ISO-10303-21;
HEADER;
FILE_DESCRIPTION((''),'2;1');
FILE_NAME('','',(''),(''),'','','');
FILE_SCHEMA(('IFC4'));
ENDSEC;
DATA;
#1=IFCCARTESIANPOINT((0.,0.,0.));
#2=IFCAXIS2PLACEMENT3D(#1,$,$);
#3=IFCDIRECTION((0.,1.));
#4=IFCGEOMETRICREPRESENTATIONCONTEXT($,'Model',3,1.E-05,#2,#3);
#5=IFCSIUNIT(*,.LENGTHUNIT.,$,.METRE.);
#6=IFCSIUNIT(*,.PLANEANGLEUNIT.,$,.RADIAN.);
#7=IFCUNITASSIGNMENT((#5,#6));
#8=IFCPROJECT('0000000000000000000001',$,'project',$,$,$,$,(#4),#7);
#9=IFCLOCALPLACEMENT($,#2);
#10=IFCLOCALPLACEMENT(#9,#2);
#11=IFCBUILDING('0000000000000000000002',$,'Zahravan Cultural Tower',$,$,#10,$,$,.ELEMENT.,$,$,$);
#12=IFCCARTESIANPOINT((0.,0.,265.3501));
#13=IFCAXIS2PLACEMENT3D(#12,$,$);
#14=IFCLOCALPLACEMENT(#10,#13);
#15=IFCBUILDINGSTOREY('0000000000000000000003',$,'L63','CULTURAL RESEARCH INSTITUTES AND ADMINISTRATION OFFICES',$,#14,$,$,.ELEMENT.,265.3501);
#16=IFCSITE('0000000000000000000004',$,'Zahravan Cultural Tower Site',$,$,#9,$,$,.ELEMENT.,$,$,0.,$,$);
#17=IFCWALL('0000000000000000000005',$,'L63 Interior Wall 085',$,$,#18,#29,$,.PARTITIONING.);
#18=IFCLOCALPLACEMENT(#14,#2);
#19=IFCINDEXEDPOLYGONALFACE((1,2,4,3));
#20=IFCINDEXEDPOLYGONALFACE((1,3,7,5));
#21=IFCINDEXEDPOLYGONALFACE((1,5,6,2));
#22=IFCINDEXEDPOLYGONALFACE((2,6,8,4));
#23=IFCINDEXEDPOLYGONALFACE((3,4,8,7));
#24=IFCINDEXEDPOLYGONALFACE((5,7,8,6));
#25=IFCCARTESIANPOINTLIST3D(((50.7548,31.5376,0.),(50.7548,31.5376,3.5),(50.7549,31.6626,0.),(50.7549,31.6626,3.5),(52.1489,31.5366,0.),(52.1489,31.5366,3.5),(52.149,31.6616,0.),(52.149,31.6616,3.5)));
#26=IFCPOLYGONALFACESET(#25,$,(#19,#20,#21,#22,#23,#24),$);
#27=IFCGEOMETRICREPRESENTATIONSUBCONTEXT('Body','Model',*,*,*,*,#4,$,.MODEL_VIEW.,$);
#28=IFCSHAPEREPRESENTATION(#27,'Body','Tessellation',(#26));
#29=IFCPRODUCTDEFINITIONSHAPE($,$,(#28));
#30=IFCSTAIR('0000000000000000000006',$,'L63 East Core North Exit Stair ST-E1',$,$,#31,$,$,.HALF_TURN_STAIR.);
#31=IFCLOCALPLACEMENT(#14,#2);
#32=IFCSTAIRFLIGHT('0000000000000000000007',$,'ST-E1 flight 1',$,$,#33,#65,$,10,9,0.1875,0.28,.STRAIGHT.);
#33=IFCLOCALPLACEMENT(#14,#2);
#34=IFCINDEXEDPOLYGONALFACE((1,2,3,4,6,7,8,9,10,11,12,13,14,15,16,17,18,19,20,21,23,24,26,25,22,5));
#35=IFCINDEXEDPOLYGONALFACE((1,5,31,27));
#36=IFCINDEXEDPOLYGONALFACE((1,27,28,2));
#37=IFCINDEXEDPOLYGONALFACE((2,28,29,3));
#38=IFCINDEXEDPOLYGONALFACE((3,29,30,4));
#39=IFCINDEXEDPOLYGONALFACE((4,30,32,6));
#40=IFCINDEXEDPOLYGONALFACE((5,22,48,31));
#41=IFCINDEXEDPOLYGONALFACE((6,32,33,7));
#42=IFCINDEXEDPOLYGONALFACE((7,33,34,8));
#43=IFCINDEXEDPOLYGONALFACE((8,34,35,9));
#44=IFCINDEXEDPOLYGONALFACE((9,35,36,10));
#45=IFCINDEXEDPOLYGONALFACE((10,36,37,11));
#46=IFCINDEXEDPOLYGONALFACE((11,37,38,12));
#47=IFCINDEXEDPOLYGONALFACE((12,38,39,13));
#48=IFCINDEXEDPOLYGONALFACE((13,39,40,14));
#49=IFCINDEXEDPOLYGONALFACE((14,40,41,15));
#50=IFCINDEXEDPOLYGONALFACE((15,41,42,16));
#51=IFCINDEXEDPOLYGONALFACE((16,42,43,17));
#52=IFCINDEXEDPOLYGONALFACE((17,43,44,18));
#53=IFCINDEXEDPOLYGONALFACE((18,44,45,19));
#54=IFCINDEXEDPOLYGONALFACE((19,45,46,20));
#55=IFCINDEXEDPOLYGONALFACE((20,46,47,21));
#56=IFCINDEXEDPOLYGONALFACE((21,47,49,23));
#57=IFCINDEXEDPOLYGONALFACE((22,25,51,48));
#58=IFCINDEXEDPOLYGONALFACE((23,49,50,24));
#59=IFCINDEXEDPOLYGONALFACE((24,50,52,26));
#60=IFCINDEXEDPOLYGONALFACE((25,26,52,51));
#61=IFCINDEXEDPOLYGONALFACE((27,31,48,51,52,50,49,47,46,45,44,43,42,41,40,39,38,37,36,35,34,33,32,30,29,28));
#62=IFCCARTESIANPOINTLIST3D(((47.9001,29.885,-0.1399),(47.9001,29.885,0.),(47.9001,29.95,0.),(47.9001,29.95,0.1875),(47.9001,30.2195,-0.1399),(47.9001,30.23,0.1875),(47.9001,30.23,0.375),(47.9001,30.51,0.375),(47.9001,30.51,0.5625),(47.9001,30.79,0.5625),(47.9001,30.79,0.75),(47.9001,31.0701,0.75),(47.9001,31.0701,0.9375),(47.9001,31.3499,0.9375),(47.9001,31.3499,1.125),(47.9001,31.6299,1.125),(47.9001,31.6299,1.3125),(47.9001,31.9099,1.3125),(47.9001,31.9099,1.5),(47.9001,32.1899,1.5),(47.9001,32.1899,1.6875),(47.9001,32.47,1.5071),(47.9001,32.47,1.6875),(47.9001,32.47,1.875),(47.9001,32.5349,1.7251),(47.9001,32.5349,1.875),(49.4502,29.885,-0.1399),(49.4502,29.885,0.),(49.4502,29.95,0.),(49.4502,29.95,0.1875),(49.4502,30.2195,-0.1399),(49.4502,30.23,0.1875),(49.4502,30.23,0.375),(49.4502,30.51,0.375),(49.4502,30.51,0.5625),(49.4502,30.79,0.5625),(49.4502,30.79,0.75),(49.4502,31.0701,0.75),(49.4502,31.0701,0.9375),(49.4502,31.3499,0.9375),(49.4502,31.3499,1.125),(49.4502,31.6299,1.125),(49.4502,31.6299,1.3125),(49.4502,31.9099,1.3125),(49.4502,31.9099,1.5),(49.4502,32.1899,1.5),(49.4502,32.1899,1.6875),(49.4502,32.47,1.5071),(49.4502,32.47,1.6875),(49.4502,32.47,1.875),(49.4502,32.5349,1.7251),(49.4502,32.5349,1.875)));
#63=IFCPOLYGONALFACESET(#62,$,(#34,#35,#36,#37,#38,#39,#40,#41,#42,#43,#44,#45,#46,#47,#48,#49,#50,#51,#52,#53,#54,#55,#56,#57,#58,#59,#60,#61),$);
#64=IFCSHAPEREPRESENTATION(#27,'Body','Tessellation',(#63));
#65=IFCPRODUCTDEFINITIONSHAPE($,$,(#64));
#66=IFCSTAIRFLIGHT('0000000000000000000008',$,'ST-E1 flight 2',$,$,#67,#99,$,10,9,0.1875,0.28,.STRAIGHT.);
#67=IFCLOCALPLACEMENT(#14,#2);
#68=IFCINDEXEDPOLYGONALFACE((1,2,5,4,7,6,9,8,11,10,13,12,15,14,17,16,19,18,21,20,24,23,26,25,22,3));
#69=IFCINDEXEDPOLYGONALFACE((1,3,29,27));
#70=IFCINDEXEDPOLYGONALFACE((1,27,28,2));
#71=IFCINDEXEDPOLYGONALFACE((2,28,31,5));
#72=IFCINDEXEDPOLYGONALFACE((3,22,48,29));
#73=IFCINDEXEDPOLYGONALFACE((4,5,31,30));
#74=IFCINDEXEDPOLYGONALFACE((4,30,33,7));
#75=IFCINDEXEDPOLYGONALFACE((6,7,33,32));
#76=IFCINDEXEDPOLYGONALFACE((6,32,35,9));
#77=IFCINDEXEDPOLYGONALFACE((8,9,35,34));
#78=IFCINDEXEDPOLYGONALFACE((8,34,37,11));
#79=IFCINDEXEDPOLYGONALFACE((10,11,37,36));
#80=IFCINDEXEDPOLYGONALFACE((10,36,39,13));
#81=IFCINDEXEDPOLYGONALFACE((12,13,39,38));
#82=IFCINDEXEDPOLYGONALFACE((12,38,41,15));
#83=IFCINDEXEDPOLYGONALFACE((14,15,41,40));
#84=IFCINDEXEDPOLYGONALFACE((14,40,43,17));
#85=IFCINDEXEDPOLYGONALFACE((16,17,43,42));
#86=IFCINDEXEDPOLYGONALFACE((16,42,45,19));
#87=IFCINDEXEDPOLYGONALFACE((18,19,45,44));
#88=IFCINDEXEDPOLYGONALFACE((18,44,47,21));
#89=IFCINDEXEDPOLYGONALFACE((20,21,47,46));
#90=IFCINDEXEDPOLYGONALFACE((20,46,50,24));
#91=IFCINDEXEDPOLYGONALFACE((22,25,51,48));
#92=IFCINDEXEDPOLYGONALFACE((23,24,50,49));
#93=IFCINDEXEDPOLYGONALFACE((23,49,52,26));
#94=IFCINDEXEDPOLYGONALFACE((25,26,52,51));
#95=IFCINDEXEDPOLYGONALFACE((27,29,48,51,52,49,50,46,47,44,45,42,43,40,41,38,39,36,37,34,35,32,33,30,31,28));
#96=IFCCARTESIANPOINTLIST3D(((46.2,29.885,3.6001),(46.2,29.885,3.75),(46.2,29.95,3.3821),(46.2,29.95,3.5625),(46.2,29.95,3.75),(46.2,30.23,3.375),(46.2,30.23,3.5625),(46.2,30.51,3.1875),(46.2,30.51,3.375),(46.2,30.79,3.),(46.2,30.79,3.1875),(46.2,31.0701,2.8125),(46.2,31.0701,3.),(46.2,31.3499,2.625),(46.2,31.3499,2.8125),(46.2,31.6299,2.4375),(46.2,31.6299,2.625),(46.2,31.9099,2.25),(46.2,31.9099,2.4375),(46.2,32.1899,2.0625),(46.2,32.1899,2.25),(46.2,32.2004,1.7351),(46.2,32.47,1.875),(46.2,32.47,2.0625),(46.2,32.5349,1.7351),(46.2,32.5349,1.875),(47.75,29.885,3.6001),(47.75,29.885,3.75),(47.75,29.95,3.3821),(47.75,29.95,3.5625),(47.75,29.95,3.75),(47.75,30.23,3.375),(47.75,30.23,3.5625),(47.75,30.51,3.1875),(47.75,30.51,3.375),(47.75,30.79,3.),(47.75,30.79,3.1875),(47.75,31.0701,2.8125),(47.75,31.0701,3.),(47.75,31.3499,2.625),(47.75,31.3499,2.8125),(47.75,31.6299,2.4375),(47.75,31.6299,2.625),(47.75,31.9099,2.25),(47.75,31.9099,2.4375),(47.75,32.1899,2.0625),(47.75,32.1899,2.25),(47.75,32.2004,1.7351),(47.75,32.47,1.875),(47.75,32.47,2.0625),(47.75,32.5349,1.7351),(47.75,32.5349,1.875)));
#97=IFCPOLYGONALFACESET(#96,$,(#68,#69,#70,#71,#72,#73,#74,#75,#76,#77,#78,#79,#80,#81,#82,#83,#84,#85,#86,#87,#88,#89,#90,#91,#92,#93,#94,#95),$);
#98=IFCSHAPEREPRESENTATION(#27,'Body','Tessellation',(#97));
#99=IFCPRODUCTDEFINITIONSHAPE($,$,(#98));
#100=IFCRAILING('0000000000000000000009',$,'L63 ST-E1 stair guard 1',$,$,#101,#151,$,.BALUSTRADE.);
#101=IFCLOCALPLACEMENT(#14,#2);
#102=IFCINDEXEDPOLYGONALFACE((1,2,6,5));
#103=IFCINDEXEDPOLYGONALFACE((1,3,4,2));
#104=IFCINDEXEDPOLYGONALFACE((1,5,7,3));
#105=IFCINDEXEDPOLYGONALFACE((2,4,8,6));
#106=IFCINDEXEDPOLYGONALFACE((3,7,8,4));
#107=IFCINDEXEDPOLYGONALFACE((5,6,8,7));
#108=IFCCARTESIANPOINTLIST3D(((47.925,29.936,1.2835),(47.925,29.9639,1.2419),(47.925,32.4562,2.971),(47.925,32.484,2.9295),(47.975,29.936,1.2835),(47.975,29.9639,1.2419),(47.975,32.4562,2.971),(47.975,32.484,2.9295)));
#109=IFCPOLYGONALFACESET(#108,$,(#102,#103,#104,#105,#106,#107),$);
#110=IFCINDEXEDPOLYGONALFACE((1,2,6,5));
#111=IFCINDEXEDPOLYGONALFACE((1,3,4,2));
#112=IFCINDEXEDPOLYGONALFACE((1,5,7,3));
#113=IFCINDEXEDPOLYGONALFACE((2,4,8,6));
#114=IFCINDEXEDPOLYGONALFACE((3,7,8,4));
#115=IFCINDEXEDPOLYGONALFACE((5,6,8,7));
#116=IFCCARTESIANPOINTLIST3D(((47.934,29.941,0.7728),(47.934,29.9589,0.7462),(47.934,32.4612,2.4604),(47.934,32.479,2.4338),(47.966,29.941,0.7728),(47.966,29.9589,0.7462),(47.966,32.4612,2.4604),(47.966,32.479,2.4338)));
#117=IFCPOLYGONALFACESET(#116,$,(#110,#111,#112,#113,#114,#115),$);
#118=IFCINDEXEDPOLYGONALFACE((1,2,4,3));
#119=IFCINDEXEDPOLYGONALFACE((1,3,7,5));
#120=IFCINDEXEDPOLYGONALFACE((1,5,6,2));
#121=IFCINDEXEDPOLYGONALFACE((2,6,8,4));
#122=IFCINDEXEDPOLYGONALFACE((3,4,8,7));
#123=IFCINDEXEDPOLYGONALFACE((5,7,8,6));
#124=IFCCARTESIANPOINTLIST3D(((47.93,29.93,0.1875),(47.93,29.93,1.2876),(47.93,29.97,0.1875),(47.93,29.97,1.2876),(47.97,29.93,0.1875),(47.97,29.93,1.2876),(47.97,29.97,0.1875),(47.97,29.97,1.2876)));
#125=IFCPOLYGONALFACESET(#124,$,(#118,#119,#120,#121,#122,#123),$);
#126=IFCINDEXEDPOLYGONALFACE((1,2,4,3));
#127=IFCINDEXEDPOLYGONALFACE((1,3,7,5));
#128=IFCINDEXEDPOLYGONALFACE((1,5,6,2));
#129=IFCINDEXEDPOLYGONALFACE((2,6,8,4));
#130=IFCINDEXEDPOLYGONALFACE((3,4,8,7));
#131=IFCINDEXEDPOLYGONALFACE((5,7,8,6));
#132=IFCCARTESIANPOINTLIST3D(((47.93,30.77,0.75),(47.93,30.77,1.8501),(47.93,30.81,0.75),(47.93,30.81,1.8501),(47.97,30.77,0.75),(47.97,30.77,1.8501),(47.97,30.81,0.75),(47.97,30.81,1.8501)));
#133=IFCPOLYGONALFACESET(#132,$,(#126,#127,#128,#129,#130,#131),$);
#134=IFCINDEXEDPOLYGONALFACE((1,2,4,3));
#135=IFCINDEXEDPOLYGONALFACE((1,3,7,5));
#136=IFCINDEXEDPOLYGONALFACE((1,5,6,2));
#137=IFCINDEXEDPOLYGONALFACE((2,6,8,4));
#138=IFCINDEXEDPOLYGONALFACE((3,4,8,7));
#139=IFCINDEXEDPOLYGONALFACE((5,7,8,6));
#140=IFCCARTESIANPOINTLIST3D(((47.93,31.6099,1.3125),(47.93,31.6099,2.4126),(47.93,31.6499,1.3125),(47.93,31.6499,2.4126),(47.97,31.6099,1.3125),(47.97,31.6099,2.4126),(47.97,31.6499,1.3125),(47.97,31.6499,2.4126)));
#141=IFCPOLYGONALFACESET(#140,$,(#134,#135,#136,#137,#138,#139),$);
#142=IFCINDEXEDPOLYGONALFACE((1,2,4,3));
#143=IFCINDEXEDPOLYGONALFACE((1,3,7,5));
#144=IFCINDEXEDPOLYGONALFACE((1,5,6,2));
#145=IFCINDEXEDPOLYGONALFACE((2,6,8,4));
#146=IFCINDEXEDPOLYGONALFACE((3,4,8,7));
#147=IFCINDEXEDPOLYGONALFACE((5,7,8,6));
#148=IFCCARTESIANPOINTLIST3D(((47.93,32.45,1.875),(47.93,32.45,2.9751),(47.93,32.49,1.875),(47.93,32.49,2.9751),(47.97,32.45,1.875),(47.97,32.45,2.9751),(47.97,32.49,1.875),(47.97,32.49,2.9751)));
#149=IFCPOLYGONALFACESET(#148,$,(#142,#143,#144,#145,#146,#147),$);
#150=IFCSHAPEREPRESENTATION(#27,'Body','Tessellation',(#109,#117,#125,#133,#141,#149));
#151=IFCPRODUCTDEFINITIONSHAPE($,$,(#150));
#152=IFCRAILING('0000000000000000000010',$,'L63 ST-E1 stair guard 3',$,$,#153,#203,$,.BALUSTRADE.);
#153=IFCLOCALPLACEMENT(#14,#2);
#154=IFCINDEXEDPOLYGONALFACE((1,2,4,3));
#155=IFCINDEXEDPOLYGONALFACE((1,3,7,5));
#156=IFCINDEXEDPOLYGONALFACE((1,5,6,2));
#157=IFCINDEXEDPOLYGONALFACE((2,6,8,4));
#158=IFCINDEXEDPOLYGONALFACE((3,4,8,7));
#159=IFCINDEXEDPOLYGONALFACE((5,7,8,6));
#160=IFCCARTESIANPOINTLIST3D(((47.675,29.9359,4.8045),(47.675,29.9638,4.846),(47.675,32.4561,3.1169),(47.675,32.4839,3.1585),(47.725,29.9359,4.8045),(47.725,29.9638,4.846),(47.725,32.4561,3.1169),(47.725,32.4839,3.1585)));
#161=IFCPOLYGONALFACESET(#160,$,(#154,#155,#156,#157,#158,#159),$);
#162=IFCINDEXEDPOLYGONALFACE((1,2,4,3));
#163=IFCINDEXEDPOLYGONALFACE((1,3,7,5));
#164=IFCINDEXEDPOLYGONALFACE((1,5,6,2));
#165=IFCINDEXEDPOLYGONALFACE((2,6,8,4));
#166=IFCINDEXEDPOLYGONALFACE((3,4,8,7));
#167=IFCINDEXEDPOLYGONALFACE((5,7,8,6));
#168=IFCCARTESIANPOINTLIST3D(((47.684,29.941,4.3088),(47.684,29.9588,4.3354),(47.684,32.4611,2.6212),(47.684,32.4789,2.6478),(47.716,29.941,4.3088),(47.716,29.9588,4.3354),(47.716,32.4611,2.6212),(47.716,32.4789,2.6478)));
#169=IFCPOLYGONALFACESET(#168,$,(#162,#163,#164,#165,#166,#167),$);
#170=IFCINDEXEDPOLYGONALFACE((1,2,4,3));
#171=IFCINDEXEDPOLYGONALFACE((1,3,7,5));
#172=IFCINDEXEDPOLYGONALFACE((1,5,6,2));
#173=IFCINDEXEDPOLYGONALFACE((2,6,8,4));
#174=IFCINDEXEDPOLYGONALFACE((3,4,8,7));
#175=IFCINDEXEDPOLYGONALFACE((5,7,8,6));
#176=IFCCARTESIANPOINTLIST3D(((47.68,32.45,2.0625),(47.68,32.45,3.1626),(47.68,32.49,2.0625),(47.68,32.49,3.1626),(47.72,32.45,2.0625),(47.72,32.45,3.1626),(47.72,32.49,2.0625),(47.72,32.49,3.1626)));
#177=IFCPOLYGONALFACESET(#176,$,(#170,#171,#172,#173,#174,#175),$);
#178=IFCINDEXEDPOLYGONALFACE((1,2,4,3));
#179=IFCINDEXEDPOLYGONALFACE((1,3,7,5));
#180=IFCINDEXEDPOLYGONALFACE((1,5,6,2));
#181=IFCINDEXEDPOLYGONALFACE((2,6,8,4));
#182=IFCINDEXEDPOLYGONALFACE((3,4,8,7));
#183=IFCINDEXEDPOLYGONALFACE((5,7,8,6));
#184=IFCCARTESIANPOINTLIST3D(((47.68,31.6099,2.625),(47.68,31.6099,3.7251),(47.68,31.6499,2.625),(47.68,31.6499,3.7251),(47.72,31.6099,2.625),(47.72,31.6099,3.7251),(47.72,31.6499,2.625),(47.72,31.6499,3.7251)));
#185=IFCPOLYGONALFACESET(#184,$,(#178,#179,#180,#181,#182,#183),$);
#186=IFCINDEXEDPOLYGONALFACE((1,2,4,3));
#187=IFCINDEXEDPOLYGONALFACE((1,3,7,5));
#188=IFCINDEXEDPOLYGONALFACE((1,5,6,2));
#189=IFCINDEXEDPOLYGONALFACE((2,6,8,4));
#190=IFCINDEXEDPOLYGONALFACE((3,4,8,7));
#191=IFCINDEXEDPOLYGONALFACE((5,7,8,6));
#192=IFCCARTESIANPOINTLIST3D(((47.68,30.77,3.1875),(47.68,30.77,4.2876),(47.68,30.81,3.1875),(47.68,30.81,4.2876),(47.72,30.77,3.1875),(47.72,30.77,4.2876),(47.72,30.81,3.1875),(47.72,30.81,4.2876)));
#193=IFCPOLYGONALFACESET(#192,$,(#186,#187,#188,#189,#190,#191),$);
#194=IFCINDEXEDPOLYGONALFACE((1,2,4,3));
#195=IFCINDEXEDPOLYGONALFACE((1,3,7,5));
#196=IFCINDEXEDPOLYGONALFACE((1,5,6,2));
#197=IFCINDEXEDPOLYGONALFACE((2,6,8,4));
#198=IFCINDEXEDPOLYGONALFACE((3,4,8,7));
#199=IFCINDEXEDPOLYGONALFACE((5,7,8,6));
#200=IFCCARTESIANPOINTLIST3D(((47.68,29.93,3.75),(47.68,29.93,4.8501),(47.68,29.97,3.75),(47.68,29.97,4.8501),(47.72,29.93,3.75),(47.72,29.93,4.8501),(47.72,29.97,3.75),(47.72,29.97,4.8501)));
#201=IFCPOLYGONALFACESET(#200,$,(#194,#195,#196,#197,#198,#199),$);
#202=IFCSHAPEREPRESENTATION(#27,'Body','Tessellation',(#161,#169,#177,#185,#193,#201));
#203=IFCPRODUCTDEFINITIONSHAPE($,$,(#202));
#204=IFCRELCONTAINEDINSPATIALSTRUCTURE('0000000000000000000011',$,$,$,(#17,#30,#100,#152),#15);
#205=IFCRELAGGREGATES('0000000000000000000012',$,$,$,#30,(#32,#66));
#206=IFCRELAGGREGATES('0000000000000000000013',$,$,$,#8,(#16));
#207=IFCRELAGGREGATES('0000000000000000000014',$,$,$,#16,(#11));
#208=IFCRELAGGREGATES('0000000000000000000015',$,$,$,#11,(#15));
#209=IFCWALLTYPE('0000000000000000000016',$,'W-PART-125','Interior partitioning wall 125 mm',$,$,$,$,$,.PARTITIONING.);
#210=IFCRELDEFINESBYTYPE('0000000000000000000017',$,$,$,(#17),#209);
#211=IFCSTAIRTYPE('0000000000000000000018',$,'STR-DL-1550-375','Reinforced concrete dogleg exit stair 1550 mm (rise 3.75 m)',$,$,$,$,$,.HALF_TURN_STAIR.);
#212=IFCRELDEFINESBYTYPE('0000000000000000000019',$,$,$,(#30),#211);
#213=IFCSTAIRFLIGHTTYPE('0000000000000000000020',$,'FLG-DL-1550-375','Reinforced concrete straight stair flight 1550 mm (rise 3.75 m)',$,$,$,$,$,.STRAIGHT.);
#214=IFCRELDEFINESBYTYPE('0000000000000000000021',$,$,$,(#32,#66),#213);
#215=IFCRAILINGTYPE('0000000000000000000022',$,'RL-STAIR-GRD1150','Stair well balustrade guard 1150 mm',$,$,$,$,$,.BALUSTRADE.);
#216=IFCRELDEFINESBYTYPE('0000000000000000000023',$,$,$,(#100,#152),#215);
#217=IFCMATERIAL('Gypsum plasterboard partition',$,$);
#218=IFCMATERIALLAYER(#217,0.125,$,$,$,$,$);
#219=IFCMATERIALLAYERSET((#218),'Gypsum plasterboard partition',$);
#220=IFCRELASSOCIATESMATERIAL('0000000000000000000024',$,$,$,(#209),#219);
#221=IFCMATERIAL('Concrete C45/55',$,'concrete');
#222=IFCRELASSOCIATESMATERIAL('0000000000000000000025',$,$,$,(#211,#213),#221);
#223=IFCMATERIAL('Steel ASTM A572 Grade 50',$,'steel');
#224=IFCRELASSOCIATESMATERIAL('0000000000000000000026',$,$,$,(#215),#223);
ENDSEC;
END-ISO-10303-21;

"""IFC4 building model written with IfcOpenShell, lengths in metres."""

from ifc_helpers import new_model, si_unit, direction, frame, frame_2d, origin, origin_2d, place, context, subcontext, project, spatial, polyline, rectangle, outline, extrude, source, transform, mapped, material, layer, layer_set, type_object, element, aggregate, save


model = new_model("IFC4")

# Units and contexts
model_context = context("Model", 3, precision=1e-05, world=origin(), true_north=direction((0.0, 1.0)))
body_context = subcontext(model_context, "Body", "Model", "MODEL_VIEW")
ifc_project = project(units=[si_unit("LENGTHUNIT", "METRE"), si_unit("PLANEANGLEUNIT", "RADIAN")], contexts=[model_context])

# Site, building, storey
site_placement = place(None, origin())
site = spatial("IfcSite", under=ifc_project, at=site_placement, Name="Zahravan Cultural Tower Site", CompositionType="ELEMENT", RefElevation=0.0)
building_placement = place(site_placement, origin())
building = spatial("IfcBuilding", under=site, at=building_placement, Name="Zahravan Cultural Tower", CompositionType="ELEMENT")
storey_placement = place(building_placement, frame((0.0, 0.0, 265.3501)))
storey = spatial("IfcBuildingStorey", under=building, at=storey_placement, Name="L63", Description="CULTURAL RESEARCH INSTITUTES AND ADMINISTRATION OFFICES", CompositionType="ELEMENT", Elevation=265.3501)

# Wall
ifc_material_1 = material(Name="Concrete C45/55", Category="concrete")
ifc_material_2 = material(Name="Gypsum plasterboard partition")
ifc_layer_1 = layer(ifc_material_2, 0.125)
ifc_layer_set_1 = layer_set([ifc_layer_1], Name="Gypsum plasterboard partition")
wall_type_1 = type_object("IfcWallType", Name="W-PART-125", Description="Interior partitioning wall 125 mm", PredefinedType="PARTITIONING", material=ifc_layer_set_1)
shared_shape_1 = source(origin(), body_context, "Body", "SweptSolid", [
    extrude(rectangle(XDim=1.394, YDim=0.125, at=frame_2d((0.697, 0.0))), origin(), (0.0, 0.0, 1.0), 3.5),
])
wall_1_placement = place(storey_placement, frame((52.1489, 31.5991, 0.0), z_axis=(0.0, 0.0, 1.0), x_axis=(-1.0, 0.000701, 0.0)))
element("IfcWall", 1, at=wall_1_placement, inside=storey, type_object=wall_type_1, Name="L63 Interior Wall 085", PredefinedType="PARTITIONING", context=body_context, shape_type="MappedRepresentation", body=[
    mapped(shared_shape_1, transform((0.0, 0.0, 0.0), x_axis=(1.0, 0.0, 0.0), y_axis=(0.0, 1.0, 0.0), z_axis=(0.0, 0.0, 1.0), scale=1.0)),
])

# Stair, stair flights
stair_type = type_object("IfcStairType", Name="STR-DL-1550-375", Description="Reinforced concrete dogleg exit stair 1550 mm (rise 3.75 m)", PredefinedType="HALF_TURN_STAIR", material=ifc_material_1)
stair_placement = place(storey_placement, origin())
stair = element("IfcStair", 2, at=stair_placement, inside=storey, type_object=stair_type, Name="L63 East Core North Exit Stair ST-E1", PredefinedType="HALF_TURN_STAIR")
stair_flight_type = type_object("IfcStairFlightType", Name="FLG-DL-1550-375", Description="Reinforced concrete straight stair flight 1550 mm (rise 3.75 m)", PredefinedType="STRAIGHT", material=ifc_material_1)
stair_flight_1_placement = place(storey_placement, frame((48.675, 29.95, 0.0), z_axis=(0.0, 0.0, 1.0), x_axis=(0.0, 1.0, 0.0)))
stair_flight_1 = element("IfcStairFlight", 3, at=stair_flight_1_placement, type_object=stair_flight_type, Name="ST-E1 flight 1", NumberOfRisers=10, NumberOfTreads=9, PredefinedType="STRAIGHT", RiserHeight=0.1875, TreadLength=0.28, context=body_context, shape_type="SweptSolid", body=[
    extrude(outline(polyline([(-0.0649, -0.1399), (-0.0649, 0.0), (0.0, 0.0), (0.0, 0.1875), (0.28, 0.1875), (0.28, 0.375), (0.5601, 0.375), (0.5601, 0.5625), (0.8401, 0.5625), (0.8401, 0.75), (1.1201, 0.75), (1.1201, 0.9375), (1.3999, 0.9375), (1.3999, 1.125), (1.6799, 1.125), (1.6799, 1.3125), (1.96, 1.3125), (1.96, 1.5), (2.24, 1.5), (2.24, 1.6875), (2.52, 1.6875), (2.52, 1.875), (2.585, 1.875), (2.585, 1.7251), (2.52, 1.5071), (0.2695, -0.1399), (-0.0649, -0.1399)])), frame((0.0, 0.7749, 0.0), z_axis=(0.0, -1.0, 0.0), x_axis=(1.0, 0.0, 0.0)), (0.0, 0.0, 1.0), 1.55),
])
stair_flight_2_placement = place(storey_placement, frame((46.9751, 32.47, 1.875), z_axis=(0.0, 0.0, 1.0), x_axis=(0.0, -1.0, 0.0)))
stair_flight_2 = element("IfcStairFlight", 4, at=stair_flight_2_placement, type_object=stair_flight_type, Name="ST-E1 flight 2", NumberOfRisers=10, NumberOfTreads=9, PredefinedType="STRAIGHT", RiserHeight=0.1875, TreadLength=0.28, context=body_context, shape_type="SweptSolid", body=[
    extrude(outline(polyline([(-0.0649, -0.1399), (-0.0649, 0.0), (0.0, 0.0), (0.0, 0.1875), (0.28, 0.1875), (0.28, 0.375), (0.5601, 0.375), (0.5601, 0.5625), (0.8401, 0.5625), (0.8401, 0.75), (1.1201, 0.75), (1.1201, 0.9375), (1.3999, 0.9375), (1.3999, 1.125), (1.6799, 1.125), (1.6799, 1.3125), (1.96, 1.3125), (1.96, 1.5), (2.24, 1.5), (2.24, 1.6875), (2.52, 1.6875), (2.52, 1.875), (2.585, 1.875), (2.585, 1.7251), (2.52, 1.5071), (0.2695, -0.1399), (-0.0649, -0.1399)])), frame((0.0, 0.7749, 0.0), z_axis=(0.0, -1.0, 0.0), x_axis=(1.0, 0.0, 0.0)), (0.0, 0.0, 1.0), 1.55),
])
aggregate(stair, [stair_flight_1, stair_flight_2])

# Railings
ifc_material_3 = material(Name="Steel ASTM A572 Grade 50", Category="steel")
railing_type_1 = type_object("IfcRailingType", Name="RL-STAIR-GRD1150", Description="Stair well balustrade guard 1150 mm", PredefinedType="BALUSTRADE", material=ifc_material_3)
railing_1_placement = place(storey_placement, frame((47.95, 29.95, 0.1875)))
element("IfcRailing", 5, at=railing_1_placement, inside=storey, type_object=railing_type_1, Name="L63 ST-E1 stair guard 1", PredefinedType="BALUSTRADE", context=body_context, shape_type="SweptSolid", body=[
    extrude(rectangle(XDim=0.05, YDim=0.05, at=origin_2d()), frame((0.0, 0.0, 1.0752), z_axis=(0.0, 0.830909, 0.556408), x_axis=(-1.0, 0.0, 0.0)), (0.0, 0.0, 1.0), 3.033),
    extrude(rectangle(XDim=0.032, YDim=0.032, at=origin_2d()), frame((0.0, 0.0, 0.572), z_axis=(0.0, 0.830909, 0.556408), x_axis=(-1.0, 0.0, 0.0)), (0.0, 0.0, 1.0), 3.033),
    extrude(rectangle(XDim=0.04, YDim=0.04, at=origin_2d()), origin(), (0.0, 0.0, 1.0), 1.1001),
    extrude(rectangle(XDim=0.04, YDim=0.04, at=origin_2d()), frame((0.0, 0.8401, 0.5625)), (0.0, 0.0, 1.0), 1.1001),
    extrude(rectangle(XDim=0.04, YDim=0.04, at=origin_2d()), frame((0.0, 1.6799, 1.125)), (0.0, 0.0, 1.0), 1.1001),
    extrude(rectangle(XDim=0.04, YDim=0.04, at=origin_2d()), frame((0.0, 2.52, 1.6875)), (0.0, 0.0, 1.0), 1.1001),
])
railing_2_placement = place(storey_placement, frame((47.7, 32.47, 2.0625)))
element("IfcRailing", 6, at=railing_2_placement, inside=storey, type_object=railing_type_1, Name="L63 ST-E1 stair guard 3", PredefinedType="BALUSTRADE", context=body_context, shape_type="SweptSolid", body=[
    extrude(rectangle(XDim=0.05, YDim=0.05, at=origin_2d()), frame((0.0, 0.0, 1.0752), z_axis=(0.0, -0.830909, 0.556408), x_axis=(1.0, 0.0, 0.0)), (0.0, 0.0, 1.0), 3.033),
    extrude(rectangle(XDim=0.032, YDim=0.032, at=origin_2d()), frame((0.0, 0.0, 0.572), z_axis=(0.0, -0.830909, 0.556408), x_axis=(1.0, 0.0, 0.0)), (0.0, 0.0, 1.0), 3.033),
    extrude(rectangle(XDim=0.04, YDim=0.04, at=origin_2d()), origin(), (0.0, 0.0, 1.0), 1.1001),
    extrude(rectangle(XDim=0.04, YDim=0.04, at=origin_2d()), frame((0.0, -0.8401, 0.5625)), (0.0, 0.0, 1.0), 1.1001),
    extrude(rectangle(XDim=0.04, YDim=0.04, at=origin_2d()), frame((0.0, -1.6799, 1.125)), (0.0, 0.0, 1.0), 1.1001),
    extrude(rectangle(XDim=0.04, YDim=0.04, at=origin_2d()), frame((0.0, -2.52, 1.6875)), (0.0, 0.0, 1.0), 1.1001),
])

save(model, "model.ifc")
